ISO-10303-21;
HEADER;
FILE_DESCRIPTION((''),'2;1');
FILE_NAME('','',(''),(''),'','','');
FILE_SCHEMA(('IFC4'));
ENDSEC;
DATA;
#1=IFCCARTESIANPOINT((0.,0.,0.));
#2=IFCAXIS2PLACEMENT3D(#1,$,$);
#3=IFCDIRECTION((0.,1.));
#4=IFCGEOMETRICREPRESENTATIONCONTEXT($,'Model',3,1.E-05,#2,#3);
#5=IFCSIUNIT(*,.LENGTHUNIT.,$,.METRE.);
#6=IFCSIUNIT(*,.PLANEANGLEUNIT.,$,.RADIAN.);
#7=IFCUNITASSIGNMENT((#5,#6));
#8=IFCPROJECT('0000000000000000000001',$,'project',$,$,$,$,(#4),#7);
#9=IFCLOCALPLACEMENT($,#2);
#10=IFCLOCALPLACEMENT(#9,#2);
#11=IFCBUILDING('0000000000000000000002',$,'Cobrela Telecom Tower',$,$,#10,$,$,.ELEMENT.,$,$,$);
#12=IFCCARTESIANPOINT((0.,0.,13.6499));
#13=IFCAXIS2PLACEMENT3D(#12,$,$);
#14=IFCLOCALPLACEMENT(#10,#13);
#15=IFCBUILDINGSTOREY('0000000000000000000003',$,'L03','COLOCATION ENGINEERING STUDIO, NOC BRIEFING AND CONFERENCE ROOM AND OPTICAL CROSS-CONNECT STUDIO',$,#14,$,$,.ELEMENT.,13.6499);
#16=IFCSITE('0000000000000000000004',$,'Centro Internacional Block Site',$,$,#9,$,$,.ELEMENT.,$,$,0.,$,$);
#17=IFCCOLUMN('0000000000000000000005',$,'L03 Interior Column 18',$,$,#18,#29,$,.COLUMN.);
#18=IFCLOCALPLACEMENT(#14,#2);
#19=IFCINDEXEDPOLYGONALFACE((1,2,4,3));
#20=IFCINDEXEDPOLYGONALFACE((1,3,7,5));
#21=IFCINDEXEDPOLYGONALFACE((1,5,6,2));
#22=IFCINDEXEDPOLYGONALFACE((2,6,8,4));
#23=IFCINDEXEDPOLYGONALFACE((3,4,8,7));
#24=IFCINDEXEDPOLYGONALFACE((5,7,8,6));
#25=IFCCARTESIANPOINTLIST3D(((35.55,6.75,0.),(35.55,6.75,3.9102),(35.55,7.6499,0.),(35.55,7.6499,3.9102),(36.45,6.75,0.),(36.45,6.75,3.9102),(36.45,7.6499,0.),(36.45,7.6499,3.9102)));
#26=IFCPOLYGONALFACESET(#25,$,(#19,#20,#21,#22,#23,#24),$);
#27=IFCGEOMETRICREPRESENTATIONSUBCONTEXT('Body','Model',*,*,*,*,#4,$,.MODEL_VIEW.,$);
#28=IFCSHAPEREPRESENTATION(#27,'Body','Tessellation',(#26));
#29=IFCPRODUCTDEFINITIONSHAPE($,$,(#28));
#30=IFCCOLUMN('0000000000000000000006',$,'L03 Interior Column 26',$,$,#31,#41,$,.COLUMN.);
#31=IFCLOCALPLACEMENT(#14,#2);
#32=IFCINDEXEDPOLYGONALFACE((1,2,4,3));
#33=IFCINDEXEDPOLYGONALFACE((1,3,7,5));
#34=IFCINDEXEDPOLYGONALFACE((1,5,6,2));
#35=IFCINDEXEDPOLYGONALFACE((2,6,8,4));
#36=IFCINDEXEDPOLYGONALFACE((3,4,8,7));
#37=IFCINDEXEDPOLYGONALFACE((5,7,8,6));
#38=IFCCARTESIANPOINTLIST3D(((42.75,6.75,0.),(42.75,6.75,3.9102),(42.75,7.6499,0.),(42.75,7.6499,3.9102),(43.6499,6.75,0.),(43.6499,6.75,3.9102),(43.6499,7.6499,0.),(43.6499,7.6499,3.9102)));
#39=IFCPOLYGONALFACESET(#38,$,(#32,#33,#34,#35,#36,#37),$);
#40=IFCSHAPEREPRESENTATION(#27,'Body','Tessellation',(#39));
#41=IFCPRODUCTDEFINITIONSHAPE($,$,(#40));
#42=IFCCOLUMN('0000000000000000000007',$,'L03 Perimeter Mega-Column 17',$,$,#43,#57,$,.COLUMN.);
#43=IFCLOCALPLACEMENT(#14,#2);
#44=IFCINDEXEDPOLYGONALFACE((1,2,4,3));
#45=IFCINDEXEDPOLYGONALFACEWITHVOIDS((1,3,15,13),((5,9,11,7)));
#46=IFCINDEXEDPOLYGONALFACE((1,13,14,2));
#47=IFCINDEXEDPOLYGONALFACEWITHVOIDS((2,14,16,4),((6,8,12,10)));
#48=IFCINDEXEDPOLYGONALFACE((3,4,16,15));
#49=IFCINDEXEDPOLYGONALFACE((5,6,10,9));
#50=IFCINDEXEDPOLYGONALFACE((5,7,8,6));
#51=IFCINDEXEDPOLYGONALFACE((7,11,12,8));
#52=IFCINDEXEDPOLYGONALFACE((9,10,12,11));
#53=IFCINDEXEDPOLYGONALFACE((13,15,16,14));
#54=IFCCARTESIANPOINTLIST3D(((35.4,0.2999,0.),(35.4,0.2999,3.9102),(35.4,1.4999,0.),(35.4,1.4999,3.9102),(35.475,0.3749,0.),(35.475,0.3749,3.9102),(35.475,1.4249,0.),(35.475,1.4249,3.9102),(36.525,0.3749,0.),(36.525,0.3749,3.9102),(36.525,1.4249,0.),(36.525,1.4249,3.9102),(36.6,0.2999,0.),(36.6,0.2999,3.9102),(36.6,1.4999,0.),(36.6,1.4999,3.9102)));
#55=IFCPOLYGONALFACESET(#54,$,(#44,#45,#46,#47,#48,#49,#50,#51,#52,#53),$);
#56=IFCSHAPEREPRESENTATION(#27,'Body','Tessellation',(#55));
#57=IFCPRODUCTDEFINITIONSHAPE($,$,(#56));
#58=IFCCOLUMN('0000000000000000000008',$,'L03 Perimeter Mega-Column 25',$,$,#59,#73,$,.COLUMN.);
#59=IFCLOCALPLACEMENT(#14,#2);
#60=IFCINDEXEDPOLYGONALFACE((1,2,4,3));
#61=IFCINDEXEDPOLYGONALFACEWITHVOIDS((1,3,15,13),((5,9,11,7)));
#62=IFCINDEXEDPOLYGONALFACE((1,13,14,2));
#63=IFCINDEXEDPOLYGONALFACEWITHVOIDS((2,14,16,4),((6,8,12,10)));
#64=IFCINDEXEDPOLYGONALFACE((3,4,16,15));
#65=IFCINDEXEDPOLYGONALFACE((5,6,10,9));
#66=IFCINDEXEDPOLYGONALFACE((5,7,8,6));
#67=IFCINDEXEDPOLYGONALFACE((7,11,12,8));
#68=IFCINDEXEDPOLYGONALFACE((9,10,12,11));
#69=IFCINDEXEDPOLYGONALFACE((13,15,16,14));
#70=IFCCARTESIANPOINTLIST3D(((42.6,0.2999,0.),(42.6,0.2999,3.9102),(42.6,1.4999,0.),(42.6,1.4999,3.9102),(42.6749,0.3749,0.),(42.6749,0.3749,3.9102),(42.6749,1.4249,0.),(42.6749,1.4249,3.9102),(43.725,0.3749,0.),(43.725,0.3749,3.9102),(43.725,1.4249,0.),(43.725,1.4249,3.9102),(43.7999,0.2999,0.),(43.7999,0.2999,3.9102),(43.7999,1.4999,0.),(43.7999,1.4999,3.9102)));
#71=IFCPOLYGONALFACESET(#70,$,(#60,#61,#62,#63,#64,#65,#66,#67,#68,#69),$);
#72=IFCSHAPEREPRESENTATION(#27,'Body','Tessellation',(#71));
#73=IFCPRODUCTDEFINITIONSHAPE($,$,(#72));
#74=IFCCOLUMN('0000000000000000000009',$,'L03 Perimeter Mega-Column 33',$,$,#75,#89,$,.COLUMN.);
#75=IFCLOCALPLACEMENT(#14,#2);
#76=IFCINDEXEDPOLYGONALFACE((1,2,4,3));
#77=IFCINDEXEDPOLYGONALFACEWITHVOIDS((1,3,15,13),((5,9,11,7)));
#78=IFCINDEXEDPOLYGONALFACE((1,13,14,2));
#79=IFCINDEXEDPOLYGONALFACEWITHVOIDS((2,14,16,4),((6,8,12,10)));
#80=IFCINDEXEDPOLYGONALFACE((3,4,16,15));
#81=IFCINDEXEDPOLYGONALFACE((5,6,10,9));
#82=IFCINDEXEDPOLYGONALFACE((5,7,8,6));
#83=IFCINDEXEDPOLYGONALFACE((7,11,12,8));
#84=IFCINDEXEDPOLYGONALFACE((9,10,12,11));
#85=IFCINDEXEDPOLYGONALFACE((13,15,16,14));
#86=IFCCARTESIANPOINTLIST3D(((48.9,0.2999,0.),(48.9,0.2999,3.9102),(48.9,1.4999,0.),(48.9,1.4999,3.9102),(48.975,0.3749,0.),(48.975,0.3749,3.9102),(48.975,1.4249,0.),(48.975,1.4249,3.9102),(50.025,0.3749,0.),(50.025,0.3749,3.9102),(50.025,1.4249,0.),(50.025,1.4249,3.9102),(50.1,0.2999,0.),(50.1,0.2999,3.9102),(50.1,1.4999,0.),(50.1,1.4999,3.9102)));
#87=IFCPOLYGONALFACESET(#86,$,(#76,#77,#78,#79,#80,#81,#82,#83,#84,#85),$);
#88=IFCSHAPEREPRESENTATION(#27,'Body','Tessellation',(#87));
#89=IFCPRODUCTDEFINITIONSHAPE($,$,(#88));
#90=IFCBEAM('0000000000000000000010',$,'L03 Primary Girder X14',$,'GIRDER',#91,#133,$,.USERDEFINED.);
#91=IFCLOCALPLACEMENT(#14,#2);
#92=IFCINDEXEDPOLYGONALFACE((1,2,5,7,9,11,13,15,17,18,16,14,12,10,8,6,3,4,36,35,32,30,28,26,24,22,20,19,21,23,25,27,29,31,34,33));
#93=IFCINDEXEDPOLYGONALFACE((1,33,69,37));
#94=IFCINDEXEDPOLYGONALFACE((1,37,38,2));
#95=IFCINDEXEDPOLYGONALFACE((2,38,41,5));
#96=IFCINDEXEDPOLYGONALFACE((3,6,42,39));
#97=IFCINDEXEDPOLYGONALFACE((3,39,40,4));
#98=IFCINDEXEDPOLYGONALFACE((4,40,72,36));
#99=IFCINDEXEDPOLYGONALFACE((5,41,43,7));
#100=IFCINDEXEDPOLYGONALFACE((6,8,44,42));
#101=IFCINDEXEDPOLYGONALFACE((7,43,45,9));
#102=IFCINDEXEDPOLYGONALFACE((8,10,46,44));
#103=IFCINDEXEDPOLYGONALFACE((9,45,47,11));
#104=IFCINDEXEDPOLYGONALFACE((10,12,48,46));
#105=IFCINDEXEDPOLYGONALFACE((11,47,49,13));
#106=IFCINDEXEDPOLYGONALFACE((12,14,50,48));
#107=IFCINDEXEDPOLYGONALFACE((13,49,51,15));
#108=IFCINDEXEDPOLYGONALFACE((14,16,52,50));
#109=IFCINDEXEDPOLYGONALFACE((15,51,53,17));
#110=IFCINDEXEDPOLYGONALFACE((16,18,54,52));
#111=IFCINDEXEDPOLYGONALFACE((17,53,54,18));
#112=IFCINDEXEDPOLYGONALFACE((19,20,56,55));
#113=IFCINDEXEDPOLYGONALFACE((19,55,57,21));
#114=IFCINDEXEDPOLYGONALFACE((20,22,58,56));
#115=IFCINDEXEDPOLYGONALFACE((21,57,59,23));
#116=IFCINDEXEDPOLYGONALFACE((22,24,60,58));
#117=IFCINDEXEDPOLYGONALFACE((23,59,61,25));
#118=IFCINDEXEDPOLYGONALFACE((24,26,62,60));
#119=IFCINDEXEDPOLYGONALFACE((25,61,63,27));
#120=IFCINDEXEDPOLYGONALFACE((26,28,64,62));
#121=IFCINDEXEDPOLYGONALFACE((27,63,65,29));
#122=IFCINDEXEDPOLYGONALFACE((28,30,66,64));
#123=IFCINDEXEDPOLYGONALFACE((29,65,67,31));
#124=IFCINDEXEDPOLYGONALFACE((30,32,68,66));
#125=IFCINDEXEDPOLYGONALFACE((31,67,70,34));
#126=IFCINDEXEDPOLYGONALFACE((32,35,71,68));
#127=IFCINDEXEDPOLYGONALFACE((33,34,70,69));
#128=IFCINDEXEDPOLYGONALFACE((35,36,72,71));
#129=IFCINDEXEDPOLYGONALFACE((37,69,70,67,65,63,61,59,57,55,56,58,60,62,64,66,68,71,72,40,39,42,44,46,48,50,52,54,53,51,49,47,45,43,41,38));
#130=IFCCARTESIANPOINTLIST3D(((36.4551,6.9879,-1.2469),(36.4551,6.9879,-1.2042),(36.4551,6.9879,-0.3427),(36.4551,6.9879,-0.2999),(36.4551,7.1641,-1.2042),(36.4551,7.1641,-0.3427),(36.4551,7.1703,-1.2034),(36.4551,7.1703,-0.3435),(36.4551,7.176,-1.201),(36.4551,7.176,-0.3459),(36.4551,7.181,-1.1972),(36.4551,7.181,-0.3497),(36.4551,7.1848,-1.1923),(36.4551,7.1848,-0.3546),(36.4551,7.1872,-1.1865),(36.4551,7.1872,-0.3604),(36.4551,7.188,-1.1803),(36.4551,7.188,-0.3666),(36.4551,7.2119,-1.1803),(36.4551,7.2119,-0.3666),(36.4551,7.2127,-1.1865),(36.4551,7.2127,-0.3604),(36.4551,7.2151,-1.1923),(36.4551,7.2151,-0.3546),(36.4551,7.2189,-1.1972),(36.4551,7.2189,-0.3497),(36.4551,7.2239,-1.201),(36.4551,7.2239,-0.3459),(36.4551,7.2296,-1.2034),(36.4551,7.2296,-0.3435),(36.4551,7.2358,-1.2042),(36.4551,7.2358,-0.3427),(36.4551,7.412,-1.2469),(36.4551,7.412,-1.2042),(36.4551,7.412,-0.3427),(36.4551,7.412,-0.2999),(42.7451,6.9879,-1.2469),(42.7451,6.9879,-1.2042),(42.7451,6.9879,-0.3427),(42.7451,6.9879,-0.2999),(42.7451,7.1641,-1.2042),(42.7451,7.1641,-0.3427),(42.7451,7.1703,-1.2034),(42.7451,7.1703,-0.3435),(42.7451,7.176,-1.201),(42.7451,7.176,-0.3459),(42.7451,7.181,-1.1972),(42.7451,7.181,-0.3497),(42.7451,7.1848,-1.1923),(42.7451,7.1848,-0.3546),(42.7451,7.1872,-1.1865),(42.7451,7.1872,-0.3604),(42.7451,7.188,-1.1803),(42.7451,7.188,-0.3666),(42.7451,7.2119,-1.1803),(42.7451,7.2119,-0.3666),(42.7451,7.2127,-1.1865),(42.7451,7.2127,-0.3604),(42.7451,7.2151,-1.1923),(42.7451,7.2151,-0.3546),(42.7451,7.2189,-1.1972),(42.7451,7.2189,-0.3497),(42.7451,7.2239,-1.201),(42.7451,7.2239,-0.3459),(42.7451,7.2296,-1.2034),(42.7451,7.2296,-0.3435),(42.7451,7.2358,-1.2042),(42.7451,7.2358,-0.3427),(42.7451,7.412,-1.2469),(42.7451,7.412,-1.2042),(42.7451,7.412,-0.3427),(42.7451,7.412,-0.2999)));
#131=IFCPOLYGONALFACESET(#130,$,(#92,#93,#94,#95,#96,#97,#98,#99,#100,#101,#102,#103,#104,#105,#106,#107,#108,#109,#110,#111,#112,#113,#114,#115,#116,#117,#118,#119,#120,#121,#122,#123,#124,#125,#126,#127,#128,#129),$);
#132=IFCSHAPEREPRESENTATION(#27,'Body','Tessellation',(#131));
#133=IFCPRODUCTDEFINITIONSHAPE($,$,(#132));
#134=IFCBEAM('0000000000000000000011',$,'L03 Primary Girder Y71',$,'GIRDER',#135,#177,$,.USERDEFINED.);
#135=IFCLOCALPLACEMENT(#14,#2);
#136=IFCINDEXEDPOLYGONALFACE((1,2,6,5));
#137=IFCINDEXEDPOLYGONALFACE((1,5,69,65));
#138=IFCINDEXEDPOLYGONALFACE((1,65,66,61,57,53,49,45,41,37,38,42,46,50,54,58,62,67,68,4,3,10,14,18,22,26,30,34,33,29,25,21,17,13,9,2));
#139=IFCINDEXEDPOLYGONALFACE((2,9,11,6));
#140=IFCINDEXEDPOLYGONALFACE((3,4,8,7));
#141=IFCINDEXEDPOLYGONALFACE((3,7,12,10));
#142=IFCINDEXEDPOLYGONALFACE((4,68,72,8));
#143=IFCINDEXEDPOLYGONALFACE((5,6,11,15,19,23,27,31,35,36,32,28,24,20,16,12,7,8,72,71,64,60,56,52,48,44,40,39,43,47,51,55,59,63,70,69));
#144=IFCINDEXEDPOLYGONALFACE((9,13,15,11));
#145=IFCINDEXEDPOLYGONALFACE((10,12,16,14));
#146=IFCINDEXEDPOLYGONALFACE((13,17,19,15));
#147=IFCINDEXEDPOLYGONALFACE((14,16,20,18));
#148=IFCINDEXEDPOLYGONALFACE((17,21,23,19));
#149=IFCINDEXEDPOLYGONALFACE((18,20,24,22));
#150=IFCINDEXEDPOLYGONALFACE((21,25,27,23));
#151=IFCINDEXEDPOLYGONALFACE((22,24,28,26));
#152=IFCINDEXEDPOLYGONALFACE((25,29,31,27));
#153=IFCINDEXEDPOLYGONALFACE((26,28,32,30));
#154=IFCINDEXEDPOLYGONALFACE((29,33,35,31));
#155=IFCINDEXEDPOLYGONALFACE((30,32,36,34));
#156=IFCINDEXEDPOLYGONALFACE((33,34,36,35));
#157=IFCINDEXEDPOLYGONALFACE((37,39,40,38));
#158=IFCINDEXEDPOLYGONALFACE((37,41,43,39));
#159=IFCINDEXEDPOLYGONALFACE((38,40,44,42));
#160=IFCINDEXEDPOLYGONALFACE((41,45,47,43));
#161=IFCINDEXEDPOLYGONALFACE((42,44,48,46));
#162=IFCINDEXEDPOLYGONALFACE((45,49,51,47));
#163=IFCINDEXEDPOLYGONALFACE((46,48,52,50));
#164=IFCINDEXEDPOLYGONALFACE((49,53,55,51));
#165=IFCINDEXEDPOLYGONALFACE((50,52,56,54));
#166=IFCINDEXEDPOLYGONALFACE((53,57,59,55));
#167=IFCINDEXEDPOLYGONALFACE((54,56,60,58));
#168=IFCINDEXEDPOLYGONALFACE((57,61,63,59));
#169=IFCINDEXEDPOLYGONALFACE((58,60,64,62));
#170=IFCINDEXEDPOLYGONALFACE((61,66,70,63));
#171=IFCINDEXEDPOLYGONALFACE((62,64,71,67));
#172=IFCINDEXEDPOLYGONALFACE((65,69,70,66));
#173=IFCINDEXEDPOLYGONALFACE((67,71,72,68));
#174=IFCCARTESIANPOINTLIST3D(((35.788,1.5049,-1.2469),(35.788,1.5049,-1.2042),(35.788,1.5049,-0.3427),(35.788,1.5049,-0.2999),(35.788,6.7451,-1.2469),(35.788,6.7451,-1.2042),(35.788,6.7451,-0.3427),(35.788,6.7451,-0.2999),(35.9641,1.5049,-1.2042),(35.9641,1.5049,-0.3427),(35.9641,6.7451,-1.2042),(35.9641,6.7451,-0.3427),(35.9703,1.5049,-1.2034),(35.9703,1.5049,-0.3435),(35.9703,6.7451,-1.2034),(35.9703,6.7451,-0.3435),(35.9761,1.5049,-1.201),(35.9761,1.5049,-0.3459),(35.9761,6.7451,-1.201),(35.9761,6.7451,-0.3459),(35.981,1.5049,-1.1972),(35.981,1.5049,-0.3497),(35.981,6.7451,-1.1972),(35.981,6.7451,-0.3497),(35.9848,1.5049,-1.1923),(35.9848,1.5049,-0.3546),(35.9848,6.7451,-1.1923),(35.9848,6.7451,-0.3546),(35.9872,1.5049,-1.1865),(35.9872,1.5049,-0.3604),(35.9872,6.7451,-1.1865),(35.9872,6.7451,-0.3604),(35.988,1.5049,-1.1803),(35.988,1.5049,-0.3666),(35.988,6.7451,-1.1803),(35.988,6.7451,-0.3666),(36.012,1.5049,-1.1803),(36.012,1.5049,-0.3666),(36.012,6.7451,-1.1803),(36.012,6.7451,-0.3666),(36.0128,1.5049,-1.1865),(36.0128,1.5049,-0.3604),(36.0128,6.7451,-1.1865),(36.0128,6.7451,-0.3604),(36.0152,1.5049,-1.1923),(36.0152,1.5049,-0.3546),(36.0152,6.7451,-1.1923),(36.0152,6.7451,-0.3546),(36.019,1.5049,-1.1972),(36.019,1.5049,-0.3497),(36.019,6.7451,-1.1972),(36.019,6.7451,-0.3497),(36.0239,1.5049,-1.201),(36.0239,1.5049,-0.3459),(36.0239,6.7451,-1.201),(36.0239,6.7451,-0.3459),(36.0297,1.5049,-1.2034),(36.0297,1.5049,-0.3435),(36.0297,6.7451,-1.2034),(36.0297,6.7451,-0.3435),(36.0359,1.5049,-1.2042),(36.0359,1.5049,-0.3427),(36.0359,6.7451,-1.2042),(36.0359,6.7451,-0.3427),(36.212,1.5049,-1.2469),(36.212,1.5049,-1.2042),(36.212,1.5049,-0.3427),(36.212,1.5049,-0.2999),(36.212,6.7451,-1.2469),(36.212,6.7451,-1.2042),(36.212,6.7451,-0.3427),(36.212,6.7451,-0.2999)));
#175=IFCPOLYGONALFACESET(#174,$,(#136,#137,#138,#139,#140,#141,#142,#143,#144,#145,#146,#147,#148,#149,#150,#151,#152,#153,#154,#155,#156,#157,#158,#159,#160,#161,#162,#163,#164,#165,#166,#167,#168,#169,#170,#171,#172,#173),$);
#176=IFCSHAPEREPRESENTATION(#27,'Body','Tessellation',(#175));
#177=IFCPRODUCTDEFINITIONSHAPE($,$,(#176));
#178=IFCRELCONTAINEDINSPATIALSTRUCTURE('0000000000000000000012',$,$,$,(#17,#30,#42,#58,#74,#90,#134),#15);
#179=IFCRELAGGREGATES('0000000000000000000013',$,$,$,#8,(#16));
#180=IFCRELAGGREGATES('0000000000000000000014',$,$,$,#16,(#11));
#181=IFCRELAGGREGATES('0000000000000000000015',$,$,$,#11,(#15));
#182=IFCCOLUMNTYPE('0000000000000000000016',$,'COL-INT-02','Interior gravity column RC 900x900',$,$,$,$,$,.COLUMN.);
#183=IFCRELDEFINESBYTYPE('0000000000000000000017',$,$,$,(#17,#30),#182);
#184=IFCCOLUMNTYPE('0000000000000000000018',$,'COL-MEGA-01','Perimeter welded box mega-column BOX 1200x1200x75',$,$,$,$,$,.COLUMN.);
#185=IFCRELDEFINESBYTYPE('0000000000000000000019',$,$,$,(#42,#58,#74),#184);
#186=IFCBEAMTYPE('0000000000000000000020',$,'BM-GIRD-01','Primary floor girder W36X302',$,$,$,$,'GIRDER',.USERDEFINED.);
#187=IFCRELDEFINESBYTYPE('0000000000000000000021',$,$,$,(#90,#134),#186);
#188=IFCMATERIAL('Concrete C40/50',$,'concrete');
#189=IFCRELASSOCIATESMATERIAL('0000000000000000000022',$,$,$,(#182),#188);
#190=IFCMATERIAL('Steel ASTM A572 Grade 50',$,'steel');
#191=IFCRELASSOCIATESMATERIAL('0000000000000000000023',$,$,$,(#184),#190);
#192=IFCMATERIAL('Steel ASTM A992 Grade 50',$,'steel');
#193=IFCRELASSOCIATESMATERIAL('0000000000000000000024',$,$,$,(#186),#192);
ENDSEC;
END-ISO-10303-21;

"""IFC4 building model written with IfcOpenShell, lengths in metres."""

from ifc_helpers import new_model, si_unit, direction, frame, origin, origin_2d, place, context, subcontext, project, spatial, rectangle, hollow_rectangle, i_section, extrude, material, material_profile, profile_set, type_object, element, save


model = new_model("IFC4")

# Units and contexts
model_context = context("Model", 3, precision=1e-05, world=origin(), true_north=direction((0.0, 1.0)))
body_context = subcontext(model_context, "Body", "Model", "MODEL_VIEW")
ifc_project = project(units=[si_unit("LENGTHUNIT", "METRE"), si_unit("PLANEANGLEUNIT", "RADIAN")], contexts=[model_context])

# Site, building, storey
site_placement = place(None, origin())
site = spatial("IfcSite", under=ifc_project, at=site_placement, Name="Centro Internacional Block Site", CompositionType="ELEMENT", RefElevation=0.0)
building_placement = place(site_placement, origin())
building = spatial("IfcBuilding", under=site, at=building_placement, Name="Cobrela Telecom Tower", CompositionType="ELEMENT")
storey_placement = place(building_placement, frame((0.0, 0.0, 13.6499)))
storey = spatial("IfcBuildingStorey", under=building, at=storey_placement, Name="L03", Description="COLOCATION ENGINEERING STUDIO, NOC BRIEFING AND CONFERENCE ROOM AND OPTICAL CROSS-CONNECT STUDIO", CompositionType="ELEMENT", Elevation=13.6499)

# Columns
ifc_material_1 = material(Name="Concrete C40/50", Category="concrete")
ifc_material_profile_1 = material_profile(ifc_material_1, rectangle(XDim=0.8999, YDim=0.8999, at=origin_2d()), Name="RC 900x900")
ifc_profile_set_1 = profile_set([ifc_material_profile_1], Name="Concrete C40/50")
column_type_1 = type_object("IfcColumnType", Name="COL-INT-02", Description="Interior gravity column RC 900x900", PredefinedType="COLUMN", material=ifc_profile_set_1)
for number, where, z_axis, x_axis, name in (
    (1, (36.0, 7.2, 0.0), (0.0, 0.0, 1.0), (1.0, 0.0, 0.0), "L03 Interior Column 18"),
    (2, (43.2, 7.2, 0.0), (0.0, 0.0, 1.0), (1.0, 0.0, 0.0), "L03 Interior Column 26"),
):
    element("IfcColumn", number, at=place(storey_placement, frame(where, z_axis=z_axis, x_axis=x_axis)), inside=storey, type_object=column_type_1, Name=name, PredefinedType="COLUMN", context=body_context, shape_type="SweptSolid", body=[
        extrude(rectangle(XDim=0.8999, YDim=0.8999, at=origin_2d()), origin(), (0.0, 0.0, 1.0), 3.9102),
    ])
ifc_material_2 = material(Name="Steel ASTM A572 Grade 50", Category="steel")
ifc_material_profile_2 = material_profile(ifc_material_2, hollow_rectangle(XDim=1.2, YDim=1.2, WallThickness=0.075, at=origin_2d()), Name="BOX 1200x1200x75")
ifc_profile_set_2 = profile_set([ifc_material_profile_2], Name="Steel ASTM A572 Grade 50")
column_type_2 = type_object("IfcColumnType", Name="COL-MEGA-01", Description="Perimeter welded box mega-column BOX 1200x1200x75", PredefinedType="COLUMN", material=ifc_profile_set_2)
for number, where, z_axis, x_axis, name in (
    (3, (36.0, 0.8999, 0.0), (0.0, 0.0, 1.0), (1.0, 0.0, 0.0), "L03 Perimeter Mega-Column 17"),
    (4, (43.2, 0.8999, 0.0), (0.0, 0.0, 1.0), (1.0, 0.0, 0.0), "L03 Perimeter Mega-Column 25"),
    (5, (49.5, 0.8999, 0.0), (0.0, 0.0, 1.0), (1.0, 0.0, 0.0), "L03 Perimeter Mega-Column 33"),
):
    element("IfcColumn", number, at=place(storey_placement, frame(where, z_axis=z_axis, x_axis=x_axis)), inside=storey, type_object=column_type_2, Name=name, PredefinedType="COLUMN", context=body_context, shape_type="SweptSolid", body=[
        extrude(hollow_rectangle(XDim=1.2, YDim=1.2, WallThickness=0.075, at=origin_2d()), origin(), (0.0, 0.0, 1.0), 3.9102),
    ])

# Beams
ifc_material_3 = material(Name="Steel ASTM A992 Grade 50", Category="steel")
ifc_material_profile_3 = material_profile(ifc_material_3, i_section(OverallWidth=0.4241, OverallDepth=0.947, WebThickness=0.0239, FlangeThickness=0.0427, FilletRadius=0.0239, at=origin_2d()), Name="W36X302")
ifc_profile_set_3 = profile_set([ifc_material_profile_3], Name="Steel ASTM A992 Grade 50")
beam_type_1 = type_object("IfcBeamType", Name="BM-GIRD-01", Description="Primary floor girder W36X302", ElementType="GIRDER", PredefinedType="USERDEFINED", material=ifc_profile_set_3)
beam_1_placement = place(storey_placement, frame((36.4551, 7.2, -0.7734), z_axis=(1.0, 0.0, 0.0), x_axis=(0.0, 1.0, 0.0)))
element("IfcBeam", 6, at=beam_1_placement, inside=storey, type_object=beam_type_1, Name="L03 Primary Girder X14", ObjectType="GIRDER", PredefinedType="USERDEFINED", context=body_context, shape_type="SweptSolid", body=[
    extrude(i_section(OverallWidth=0.4241, OverallDepth=0.947, WebThickness=0.0239, FlangeThickness=0.0427, FilletRadius=0.0239, at=origin_2d()), origin(), (0.0, 0.0, 1.0), 6.29),
])
for number, where, z_axis, x_axis, name in (
    (7, (36.0, 1.5049, -0.7734), (0.0, 1.0, 0.0), (-1.0, 0.0, 0.0), "L03 Primary Girder Y71"),
):
    element("IfcBeam", number, at=place(storey_placement, frame(where, z_axis=z_axis, x_axis=x_axis)), inside=storey, type_object=beam_type_1, Name=name, ObjectType="GIRDER", PredefinedType="USERDEFINED", context=body_context, shape_type="SweptSolid", body=[
        extrude(i_section(OverallWidth=0.4241, OverallDepth=0.947, WebThickness=0.0239, FlangeThickness=0.0427, FilletRadius=0.0239, at=origin_2d()), origin(), (0.0, 0.0, 1.0), 5.2402),
    ])

save(model, "model.ifc")
